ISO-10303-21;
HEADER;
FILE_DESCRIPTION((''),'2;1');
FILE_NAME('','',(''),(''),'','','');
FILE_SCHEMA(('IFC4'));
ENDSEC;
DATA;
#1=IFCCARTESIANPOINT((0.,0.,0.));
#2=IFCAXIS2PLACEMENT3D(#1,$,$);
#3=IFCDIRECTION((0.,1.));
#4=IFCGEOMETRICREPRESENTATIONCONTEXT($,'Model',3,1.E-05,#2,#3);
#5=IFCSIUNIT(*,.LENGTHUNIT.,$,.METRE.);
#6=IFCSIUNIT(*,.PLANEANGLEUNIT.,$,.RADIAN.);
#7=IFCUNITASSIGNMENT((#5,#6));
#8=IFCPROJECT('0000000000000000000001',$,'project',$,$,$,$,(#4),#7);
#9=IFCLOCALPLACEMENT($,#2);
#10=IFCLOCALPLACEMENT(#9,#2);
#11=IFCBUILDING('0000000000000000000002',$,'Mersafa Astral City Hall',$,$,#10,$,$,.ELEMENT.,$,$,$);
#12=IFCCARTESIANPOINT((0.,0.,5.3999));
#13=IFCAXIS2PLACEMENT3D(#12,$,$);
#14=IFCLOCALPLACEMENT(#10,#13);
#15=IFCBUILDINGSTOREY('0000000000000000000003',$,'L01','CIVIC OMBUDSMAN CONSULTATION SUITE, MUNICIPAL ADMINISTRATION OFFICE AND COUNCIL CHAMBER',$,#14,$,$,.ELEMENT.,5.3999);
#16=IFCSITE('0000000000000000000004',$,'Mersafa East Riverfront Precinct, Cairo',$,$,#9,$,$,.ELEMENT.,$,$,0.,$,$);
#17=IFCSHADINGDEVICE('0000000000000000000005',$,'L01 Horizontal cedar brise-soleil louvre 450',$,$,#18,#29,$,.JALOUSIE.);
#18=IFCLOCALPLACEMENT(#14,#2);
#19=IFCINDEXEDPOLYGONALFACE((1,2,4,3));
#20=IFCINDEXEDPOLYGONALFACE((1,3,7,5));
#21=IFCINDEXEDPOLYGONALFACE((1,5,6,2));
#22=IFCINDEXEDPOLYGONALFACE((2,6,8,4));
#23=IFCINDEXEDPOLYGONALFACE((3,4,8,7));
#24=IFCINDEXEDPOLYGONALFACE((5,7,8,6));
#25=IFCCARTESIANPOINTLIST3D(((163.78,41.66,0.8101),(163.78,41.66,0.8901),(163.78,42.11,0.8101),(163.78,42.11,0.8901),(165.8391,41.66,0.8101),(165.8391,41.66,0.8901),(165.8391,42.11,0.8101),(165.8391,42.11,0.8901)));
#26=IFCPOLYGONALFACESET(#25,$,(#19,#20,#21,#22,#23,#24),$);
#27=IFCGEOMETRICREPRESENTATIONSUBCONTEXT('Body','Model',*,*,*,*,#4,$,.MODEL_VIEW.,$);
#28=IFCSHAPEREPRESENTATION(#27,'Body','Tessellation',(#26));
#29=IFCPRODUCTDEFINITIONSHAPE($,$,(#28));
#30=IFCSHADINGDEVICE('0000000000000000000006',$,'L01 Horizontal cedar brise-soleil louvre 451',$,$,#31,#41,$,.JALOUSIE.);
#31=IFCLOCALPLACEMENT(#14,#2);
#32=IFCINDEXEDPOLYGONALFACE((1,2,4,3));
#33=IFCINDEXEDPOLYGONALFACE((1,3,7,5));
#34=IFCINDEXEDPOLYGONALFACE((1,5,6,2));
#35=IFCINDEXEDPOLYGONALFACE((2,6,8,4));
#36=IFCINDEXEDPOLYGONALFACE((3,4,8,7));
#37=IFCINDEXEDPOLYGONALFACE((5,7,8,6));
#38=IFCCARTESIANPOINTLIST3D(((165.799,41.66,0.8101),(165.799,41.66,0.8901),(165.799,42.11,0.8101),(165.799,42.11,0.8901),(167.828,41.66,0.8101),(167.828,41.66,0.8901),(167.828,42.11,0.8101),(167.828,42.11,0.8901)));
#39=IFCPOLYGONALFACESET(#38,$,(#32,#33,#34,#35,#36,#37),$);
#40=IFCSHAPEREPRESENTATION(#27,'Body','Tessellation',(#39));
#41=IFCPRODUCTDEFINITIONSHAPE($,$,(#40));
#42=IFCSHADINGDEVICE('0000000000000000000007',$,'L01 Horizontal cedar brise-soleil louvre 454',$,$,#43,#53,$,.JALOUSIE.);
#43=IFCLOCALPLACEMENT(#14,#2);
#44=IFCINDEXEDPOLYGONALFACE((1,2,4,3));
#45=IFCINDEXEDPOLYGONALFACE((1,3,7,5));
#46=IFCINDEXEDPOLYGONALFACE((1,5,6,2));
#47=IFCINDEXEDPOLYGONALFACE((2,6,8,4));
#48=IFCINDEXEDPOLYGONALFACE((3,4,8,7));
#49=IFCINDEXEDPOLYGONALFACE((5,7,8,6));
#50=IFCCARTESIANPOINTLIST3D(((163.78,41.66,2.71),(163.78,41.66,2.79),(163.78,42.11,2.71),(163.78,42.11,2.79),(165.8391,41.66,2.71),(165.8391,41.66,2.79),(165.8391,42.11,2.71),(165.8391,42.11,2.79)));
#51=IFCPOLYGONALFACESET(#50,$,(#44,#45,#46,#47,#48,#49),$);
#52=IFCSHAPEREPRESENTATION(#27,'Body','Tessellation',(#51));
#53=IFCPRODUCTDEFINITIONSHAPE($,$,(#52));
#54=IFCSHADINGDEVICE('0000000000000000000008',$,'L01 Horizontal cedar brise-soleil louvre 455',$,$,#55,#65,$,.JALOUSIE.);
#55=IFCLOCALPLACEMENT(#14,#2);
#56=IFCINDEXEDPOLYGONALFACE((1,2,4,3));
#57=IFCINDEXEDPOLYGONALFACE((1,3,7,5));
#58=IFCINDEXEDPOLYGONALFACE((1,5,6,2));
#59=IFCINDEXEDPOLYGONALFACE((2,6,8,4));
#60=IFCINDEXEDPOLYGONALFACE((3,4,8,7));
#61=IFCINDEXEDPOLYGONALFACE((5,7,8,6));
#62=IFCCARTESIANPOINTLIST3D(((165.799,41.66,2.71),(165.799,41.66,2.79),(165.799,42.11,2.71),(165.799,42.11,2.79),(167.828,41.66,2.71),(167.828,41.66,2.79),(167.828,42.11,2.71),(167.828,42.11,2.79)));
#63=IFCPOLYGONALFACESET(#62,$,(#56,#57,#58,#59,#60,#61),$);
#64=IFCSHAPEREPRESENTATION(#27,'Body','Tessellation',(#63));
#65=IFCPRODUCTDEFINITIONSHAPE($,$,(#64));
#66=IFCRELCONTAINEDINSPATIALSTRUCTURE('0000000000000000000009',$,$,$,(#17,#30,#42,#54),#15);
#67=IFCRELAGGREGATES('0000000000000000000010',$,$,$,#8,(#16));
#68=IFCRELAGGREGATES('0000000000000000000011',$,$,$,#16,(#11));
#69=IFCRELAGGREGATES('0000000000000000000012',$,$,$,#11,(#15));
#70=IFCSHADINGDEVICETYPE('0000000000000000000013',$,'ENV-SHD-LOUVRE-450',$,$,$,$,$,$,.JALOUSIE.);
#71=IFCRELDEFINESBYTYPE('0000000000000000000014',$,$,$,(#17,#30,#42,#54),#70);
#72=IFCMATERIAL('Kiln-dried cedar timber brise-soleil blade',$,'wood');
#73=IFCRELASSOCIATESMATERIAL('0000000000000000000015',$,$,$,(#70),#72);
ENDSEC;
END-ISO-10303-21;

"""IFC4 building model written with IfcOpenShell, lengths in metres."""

from ifc_helpers import new_model, si_unit, direction, frame, origin, origin_2d, place, context, subcontext, project, spatial, rectangle, extrude, material, type_object, element, save


model = new_model("IFC4")

# Units and contexts
model_context = context("Model", 3, precision=1e-05, world=origin(), true_north=direction((0.0, 1.0)))
body_context = subcontext(model_context, "Body", "Model", "MODEL_VIEW")
ifc_project = project(units=[si_unit("LENGTHUNIT", "METRE"), si_unit("PLANEANGLEUNIT", "RADIAN")], contexts=[model_context])

# Site, building, storey
site_placement = place(None, origin())
site = spatial("IfcSite", under=ifc_project, at=site_placement, Name="Mersafa East Riverfront Precinct, Cairo", CompositionType="ELEMENT", RefElevation=0.0)
building_placement = place(site_placement, origin())
building = spatial("IfcBuilding", under=site, at=building_placement, Name="Mersafa Astral City Hall", CompositionType="ELEMENT")
storey_placement = place(building_placement, frame((0.0, 0.0, 5.3999)))
storey = spatial("IfcBuildingStorey", under=building, at=storey_placement, Name="L01", Description="CIVIC OMBUDSMAN CONSULTATION SUITE, MUNICIPAL ADMINISTRATION OFFICE AND COUNCIL CHAMBER", CompositionType="ELEMENT", Elevation=5.3999)

# Shading devices
ifc_material_1 = material(Name="Kiln-dried cedar timber brise-soleil blade", Category="wood")
shading_device_type_1 = type_object("IfcShadingDeviceType", Name="ENV-SHD-LOUVRE-450", PredefinedType="JALOUSIE", material=ifc_material_1)
shading_device_1_placement = place(storey_placement, frame((164.8096, 41.885, 0.8101), z_axis=(0.0, 0.0, 1.0), x_axis=(1.0, 0.0, 0.0)))
element("IfcShadingDevice", 1, at=shading_device_1_placement, inside=storey, type_object=shading_device_type_1, Name="L01 Horizontal cedar brise-soleil louvre 450", PredefinedType="JALOUSIE", context=body_context, shape_type="SweptSolid", body=[
    extrude(rectangle(XDim=2.0591, YDim=0.45, at=origin_2d()), origin(), (0.0, 0.0, 1.0), 0.0801),
])
shading_device_2_placement = place(storey_placement, frame((166.8135, 41.885, 0.8101), z_axis=(0.0, 0.0, 1.0), x_axis=(1.0, 0.0, 0.0)))
element("IfcShadingDevice", 2, at=shading_device_2_placement, inside=storey, type_object=shading_device_type_1, Name="L01 Horizontal cedar brise-soleil louvre 451", PredefinedType="JALOUSIE", context=body_context, shape_type="SweptSolid", body=[
    extrude(rectangle(XDim=2.0291, YDim=0.45, at=origin_2d()), origin(), (0.0, 0.0, 1.0), 0.0801),
])
shading_device_3_placement = place(storey_placement, frame((164.8096, 41.885, 2.71), z_axis=(0.0, 0.0, 1.0), x_axis=(1.0, 0.0, 0.0)))
element("IfcShadingDevice", 3, at=shading_device_3_placement, inside=storey, type_object=shading_device_type_1, Name="L01 Horizontal cedar brise-soleil louvre 454", PredefinedType="JALOUSIE", context=body_context, shape_type="SweptSolid", body=[
    extrude(rectangle(XDim=2.0591, YDim=0.45, at=origin_2d()), origin(), (0.0, 0.0, 1.0), 0.0801),
])
shading_device_4_placement = place(storey_placement, frame((166.8135, 41.885, 2.71), z_axis=(0.0, 0.0, 1.0), x_axis=(1.0, 0.0, 0.0)))
element("IfcShadingDevice", 4, at=shading_device_4_placement, inside=storey, type_object=shading_device_type_1, Name="L01 Horizontal cedar brise-soleil louvre 455", PredefinedType="JALOUSIE", context=body_context, shape_type="SweptSolid", body=[
    extrude(rectangle(XDim=2.0291, YDim=0.45, at=origin_2d()), origin(), (0.0, 0.0, 1.0), 0.0801),
])

save(model, "model.ifc")
